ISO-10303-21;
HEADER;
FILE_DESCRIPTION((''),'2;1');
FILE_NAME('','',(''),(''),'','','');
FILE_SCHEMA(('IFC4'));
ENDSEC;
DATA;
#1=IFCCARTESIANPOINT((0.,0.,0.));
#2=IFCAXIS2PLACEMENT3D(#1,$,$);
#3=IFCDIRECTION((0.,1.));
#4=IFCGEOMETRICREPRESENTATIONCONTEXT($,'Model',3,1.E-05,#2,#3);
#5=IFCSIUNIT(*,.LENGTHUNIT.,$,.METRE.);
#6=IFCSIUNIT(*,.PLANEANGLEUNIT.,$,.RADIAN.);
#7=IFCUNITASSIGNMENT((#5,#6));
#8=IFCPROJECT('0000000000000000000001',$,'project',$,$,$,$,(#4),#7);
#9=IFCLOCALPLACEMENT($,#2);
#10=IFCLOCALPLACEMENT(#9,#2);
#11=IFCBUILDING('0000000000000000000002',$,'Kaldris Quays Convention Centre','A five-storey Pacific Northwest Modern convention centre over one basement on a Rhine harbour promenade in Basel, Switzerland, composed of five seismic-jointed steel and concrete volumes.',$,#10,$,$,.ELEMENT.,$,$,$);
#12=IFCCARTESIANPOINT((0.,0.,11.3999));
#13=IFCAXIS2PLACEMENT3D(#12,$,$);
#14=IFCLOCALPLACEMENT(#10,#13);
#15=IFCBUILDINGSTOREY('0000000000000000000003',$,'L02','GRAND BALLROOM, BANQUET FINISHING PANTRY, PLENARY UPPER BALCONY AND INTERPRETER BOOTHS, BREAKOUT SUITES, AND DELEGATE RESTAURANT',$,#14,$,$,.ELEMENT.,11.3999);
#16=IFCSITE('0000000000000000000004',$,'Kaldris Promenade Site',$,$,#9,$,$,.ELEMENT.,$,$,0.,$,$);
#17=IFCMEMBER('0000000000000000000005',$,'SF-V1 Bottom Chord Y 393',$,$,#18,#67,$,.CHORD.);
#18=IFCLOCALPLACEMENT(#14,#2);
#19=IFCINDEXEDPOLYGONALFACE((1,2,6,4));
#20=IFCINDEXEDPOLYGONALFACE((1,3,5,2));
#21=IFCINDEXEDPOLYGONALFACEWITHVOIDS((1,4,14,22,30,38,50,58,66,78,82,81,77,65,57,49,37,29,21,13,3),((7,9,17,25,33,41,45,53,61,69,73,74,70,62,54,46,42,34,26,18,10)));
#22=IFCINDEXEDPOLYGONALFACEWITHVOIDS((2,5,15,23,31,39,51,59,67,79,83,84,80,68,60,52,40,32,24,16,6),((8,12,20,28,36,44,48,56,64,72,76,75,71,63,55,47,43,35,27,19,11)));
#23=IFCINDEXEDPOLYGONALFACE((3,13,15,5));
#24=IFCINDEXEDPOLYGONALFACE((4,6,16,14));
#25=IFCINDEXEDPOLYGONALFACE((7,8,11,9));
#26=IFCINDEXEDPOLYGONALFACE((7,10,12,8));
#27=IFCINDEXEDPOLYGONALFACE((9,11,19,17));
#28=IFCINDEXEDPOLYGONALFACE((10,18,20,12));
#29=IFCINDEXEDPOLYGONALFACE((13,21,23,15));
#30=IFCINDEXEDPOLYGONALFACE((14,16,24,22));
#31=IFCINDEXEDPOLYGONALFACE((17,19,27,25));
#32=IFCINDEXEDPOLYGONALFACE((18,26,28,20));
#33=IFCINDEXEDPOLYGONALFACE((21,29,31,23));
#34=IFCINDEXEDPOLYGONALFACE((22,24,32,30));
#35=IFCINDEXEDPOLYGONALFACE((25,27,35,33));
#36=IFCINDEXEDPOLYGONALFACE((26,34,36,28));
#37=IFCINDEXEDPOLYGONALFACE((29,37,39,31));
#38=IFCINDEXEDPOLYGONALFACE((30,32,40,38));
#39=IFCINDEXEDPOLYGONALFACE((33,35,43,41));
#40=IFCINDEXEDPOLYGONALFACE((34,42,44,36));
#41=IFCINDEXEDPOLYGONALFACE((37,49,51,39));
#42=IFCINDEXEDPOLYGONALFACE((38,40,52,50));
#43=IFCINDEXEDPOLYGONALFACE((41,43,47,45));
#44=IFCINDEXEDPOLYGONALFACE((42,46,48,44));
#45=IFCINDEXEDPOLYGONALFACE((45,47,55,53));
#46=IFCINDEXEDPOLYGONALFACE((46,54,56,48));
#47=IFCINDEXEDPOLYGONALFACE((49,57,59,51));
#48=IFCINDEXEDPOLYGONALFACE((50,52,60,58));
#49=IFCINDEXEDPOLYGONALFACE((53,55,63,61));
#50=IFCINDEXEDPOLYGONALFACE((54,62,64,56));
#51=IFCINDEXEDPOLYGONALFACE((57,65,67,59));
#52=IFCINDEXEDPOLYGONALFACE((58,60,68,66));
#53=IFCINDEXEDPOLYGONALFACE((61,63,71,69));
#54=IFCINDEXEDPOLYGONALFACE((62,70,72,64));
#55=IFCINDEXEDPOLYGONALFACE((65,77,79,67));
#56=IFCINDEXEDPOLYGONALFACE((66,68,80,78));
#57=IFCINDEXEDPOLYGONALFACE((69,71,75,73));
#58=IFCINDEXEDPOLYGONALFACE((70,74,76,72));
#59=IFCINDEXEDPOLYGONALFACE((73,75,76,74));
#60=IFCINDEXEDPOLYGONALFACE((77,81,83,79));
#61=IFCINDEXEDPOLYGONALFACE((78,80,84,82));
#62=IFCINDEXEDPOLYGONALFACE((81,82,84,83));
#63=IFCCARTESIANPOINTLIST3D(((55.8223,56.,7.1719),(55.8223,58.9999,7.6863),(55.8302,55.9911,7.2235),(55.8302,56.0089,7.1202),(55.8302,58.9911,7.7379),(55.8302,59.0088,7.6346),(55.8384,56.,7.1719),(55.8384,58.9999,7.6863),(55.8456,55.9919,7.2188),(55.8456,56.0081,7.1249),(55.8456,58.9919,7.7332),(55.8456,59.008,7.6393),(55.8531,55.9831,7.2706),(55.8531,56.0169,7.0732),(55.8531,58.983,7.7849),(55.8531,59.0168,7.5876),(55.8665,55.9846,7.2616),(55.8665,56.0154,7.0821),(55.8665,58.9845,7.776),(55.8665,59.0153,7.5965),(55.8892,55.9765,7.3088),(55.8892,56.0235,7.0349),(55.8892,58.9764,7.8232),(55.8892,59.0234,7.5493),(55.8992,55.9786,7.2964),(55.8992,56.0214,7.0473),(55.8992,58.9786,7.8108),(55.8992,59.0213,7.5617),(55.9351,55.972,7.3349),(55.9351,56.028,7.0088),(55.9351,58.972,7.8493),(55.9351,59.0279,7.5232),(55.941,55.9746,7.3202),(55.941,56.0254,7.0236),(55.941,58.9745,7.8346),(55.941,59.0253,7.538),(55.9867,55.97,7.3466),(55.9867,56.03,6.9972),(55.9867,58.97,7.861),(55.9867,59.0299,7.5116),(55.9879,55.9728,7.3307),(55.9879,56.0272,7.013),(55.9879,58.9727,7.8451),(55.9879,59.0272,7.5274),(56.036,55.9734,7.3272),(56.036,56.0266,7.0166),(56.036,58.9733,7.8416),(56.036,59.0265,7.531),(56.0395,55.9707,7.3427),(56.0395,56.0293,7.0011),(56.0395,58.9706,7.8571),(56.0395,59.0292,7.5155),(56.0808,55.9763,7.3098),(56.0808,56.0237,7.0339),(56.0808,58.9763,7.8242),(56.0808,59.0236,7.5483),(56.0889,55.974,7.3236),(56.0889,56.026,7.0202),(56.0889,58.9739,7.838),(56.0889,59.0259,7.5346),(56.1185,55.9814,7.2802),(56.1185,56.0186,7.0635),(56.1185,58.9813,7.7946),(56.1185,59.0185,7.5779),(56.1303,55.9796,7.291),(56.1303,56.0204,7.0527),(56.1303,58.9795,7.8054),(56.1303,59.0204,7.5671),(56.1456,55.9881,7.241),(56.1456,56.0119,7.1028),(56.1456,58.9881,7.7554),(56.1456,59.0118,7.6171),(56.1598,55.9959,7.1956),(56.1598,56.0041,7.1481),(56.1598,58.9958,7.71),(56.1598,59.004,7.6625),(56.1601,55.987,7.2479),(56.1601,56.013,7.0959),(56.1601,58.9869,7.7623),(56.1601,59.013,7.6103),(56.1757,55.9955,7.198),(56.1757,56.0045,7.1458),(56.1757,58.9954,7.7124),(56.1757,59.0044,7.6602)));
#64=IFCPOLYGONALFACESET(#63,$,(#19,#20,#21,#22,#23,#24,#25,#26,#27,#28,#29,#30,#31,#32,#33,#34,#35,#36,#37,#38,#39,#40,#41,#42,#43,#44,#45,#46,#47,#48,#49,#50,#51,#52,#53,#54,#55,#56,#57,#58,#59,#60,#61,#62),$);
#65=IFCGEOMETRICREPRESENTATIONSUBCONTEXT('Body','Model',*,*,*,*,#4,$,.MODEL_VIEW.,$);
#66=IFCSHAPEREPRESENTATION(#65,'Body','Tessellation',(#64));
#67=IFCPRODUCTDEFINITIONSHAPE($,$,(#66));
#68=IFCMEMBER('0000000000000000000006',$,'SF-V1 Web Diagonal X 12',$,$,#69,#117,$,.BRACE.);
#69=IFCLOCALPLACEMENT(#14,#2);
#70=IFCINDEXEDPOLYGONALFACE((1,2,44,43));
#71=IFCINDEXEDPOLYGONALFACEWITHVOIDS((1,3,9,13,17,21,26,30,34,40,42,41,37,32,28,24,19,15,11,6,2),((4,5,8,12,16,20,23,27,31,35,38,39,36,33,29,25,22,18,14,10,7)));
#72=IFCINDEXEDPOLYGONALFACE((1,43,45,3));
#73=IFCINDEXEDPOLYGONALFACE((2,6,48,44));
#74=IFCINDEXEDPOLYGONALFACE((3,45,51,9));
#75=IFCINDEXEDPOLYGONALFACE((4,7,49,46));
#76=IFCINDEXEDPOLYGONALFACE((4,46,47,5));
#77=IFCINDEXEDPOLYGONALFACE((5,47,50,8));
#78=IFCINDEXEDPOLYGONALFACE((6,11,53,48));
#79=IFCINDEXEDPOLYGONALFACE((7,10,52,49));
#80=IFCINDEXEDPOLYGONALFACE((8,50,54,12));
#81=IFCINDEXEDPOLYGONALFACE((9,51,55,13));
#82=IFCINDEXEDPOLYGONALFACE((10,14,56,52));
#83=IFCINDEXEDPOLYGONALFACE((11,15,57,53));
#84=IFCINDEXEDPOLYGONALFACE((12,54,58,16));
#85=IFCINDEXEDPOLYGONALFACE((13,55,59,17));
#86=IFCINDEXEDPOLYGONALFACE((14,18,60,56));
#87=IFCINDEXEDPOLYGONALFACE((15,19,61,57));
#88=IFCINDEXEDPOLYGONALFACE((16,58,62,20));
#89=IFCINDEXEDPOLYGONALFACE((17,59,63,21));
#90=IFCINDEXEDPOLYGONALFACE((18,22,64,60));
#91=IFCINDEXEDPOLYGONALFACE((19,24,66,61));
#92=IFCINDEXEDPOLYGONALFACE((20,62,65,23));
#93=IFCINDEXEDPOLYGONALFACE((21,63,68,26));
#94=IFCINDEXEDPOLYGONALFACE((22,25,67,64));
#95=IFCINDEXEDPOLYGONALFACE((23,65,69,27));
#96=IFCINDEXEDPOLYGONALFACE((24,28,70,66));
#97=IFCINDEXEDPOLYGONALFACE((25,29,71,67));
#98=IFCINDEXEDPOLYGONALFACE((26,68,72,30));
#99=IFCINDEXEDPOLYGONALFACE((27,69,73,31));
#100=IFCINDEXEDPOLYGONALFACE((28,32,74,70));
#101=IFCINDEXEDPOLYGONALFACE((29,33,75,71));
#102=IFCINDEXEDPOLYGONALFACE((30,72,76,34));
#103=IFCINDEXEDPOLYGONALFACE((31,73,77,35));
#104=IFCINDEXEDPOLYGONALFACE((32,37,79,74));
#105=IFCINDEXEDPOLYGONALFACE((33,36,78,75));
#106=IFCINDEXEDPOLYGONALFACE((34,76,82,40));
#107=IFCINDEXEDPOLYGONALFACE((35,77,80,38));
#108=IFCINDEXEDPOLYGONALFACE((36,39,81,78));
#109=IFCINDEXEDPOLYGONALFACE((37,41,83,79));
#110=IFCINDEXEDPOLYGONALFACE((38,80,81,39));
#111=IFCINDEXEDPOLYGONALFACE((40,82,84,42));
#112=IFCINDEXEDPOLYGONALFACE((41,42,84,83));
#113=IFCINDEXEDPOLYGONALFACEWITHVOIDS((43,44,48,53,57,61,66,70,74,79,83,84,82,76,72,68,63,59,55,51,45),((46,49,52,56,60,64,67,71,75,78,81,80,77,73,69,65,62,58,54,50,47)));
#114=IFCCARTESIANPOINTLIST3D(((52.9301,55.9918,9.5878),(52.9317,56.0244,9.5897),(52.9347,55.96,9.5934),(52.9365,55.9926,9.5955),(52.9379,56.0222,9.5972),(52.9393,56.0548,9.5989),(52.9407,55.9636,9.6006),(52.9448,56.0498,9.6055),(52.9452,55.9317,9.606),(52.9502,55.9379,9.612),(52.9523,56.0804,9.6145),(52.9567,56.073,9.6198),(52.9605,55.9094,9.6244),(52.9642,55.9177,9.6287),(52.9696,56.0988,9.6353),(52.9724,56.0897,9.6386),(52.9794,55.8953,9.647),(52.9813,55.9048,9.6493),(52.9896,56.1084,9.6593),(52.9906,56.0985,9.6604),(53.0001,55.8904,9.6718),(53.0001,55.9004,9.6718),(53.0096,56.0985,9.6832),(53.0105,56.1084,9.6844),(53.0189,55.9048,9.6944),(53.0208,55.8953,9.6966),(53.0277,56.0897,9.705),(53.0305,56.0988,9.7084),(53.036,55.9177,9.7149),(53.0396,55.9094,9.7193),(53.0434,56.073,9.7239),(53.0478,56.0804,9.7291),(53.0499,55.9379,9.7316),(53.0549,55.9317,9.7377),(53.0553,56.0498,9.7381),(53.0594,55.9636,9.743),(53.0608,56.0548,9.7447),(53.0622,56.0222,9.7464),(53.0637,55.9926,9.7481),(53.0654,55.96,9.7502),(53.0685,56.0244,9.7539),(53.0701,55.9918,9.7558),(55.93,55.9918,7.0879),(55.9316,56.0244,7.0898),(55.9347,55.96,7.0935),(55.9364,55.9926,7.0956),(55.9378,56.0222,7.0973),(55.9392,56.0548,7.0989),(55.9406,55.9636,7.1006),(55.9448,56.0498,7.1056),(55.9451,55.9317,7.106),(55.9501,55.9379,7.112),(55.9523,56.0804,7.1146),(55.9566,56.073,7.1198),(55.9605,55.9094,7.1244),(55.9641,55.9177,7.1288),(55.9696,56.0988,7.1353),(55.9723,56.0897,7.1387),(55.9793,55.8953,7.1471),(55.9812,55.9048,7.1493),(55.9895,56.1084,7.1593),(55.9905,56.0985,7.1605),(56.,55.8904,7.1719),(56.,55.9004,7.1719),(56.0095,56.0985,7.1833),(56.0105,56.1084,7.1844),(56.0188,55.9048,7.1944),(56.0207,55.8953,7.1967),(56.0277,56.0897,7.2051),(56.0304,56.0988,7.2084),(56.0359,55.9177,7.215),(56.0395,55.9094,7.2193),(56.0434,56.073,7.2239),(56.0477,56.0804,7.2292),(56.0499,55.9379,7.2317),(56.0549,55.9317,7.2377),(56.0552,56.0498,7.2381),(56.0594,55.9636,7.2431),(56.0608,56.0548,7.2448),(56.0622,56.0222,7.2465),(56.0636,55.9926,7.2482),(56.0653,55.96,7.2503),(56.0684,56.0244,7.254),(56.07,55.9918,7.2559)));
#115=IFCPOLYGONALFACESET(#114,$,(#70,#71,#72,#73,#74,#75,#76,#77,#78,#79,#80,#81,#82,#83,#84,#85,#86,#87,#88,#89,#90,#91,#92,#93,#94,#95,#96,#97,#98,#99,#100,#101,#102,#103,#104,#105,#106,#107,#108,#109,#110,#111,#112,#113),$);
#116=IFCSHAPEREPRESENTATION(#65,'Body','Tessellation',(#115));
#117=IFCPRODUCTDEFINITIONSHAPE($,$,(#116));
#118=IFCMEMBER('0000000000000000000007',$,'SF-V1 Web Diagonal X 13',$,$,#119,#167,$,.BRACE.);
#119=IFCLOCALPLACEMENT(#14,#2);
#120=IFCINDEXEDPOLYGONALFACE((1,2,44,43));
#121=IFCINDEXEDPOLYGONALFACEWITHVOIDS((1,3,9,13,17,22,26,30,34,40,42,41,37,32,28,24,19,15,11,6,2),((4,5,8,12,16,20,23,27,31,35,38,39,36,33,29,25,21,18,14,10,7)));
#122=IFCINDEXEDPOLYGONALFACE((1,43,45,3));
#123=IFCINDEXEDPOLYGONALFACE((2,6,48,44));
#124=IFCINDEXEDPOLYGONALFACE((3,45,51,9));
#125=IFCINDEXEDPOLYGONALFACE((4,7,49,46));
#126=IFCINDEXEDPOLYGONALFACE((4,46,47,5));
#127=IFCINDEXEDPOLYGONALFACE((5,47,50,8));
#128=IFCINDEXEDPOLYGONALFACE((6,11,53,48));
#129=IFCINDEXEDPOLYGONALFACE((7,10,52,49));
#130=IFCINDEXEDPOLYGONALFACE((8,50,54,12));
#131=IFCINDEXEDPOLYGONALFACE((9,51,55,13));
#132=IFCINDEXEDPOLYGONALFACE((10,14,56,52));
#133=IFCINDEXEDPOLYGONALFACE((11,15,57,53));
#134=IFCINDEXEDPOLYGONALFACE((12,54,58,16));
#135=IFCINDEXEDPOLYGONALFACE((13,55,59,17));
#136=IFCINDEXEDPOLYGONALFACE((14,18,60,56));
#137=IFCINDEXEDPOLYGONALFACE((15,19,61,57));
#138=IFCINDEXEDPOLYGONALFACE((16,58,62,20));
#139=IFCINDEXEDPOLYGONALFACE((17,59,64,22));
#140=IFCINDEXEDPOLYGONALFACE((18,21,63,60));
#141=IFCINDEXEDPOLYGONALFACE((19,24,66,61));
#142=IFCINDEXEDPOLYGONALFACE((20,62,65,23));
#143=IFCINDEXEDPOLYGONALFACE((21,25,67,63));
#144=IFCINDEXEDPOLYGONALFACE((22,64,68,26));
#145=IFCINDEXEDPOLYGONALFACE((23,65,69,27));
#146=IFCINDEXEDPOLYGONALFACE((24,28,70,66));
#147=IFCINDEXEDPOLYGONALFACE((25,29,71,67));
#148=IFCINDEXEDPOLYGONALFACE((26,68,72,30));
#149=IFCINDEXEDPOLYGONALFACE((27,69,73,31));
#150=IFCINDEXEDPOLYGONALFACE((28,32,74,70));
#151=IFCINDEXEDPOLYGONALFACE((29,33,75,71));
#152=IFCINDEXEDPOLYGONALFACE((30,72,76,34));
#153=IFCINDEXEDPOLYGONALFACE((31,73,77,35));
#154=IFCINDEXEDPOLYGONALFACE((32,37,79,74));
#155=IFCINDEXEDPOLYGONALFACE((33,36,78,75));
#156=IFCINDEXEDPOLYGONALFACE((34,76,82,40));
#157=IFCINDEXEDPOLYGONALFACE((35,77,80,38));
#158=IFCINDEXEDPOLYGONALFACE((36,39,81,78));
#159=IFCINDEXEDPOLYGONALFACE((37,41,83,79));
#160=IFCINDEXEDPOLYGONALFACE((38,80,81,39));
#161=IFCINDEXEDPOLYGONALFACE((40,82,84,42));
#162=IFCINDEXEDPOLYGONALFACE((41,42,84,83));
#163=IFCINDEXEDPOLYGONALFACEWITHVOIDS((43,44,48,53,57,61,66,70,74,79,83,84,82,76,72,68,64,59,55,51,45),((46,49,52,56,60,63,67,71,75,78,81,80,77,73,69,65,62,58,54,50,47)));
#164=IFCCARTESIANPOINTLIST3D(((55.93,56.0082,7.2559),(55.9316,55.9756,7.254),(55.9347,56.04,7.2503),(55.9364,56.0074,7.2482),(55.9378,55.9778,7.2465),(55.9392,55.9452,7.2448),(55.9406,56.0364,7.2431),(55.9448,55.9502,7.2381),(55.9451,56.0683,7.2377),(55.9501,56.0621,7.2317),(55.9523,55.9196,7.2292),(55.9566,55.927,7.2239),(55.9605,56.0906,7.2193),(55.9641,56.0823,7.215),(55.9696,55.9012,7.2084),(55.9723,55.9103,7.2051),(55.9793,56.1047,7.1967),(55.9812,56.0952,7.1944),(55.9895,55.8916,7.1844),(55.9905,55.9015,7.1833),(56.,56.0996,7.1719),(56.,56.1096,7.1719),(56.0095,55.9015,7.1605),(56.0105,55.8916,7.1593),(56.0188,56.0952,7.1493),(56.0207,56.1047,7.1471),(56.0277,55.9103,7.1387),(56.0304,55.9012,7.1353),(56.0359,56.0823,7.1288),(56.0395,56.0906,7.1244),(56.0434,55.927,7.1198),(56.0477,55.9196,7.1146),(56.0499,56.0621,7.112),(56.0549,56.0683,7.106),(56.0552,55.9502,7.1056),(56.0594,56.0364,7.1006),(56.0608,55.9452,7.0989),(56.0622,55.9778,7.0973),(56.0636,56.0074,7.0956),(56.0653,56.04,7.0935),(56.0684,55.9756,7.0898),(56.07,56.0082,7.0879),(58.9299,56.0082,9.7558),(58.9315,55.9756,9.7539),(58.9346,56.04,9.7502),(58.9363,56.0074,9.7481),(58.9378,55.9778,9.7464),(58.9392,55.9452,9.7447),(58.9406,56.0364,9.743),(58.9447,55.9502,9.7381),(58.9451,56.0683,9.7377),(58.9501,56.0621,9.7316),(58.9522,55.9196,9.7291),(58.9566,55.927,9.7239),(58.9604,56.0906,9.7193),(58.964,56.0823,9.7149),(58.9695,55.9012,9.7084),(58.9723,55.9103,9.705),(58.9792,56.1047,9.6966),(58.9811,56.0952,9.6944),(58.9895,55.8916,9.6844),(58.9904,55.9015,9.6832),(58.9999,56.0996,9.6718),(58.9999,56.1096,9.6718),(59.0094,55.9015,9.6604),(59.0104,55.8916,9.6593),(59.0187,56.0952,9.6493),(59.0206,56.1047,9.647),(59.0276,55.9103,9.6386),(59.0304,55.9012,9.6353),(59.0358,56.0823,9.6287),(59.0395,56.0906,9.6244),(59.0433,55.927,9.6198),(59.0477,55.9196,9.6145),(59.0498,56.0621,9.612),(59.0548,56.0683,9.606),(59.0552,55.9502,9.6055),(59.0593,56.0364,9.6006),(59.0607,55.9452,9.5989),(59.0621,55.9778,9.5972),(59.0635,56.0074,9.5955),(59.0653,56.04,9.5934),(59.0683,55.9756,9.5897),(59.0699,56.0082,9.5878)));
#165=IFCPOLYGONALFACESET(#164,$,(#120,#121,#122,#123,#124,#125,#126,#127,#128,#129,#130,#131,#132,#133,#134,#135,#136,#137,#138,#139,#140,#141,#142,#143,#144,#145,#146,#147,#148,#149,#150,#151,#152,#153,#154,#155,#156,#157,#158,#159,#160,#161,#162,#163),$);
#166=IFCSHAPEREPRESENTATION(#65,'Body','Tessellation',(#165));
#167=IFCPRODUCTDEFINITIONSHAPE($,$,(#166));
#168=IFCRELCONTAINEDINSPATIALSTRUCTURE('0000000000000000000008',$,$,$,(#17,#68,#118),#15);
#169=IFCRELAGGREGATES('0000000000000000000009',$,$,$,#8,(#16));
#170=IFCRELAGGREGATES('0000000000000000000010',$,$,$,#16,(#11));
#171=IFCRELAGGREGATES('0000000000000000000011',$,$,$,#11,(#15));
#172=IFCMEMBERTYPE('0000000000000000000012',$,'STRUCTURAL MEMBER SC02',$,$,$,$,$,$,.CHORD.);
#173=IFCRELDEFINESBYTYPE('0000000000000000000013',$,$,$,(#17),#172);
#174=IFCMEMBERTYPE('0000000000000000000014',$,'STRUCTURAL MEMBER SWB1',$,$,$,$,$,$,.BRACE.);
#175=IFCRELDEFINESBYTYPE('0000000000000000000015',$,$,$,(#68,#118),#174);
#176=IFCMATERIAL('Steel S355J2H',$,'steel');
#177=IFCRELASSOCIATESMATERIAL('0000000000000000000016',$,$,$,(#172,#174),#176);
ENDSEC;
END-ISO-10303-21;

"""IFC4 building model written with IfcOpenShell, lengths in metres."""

from ifc_helpers import new_model, si_unit, direction, frame, origin, origin_2d, place, context, subcontext, project, spatial, hollow_circle, extrude, material, material_profile, profile_set, type_object, element, save


model = new_model("IFC4")

# Units and contexts
model_context = context("Model", 3, precision=1e-05, world=origin(), true_north=direction((0.0, 1.0)))
body_context = subcontext(model_context, "Body", "Model", "MODEL_VIEW")
ifc_project = project(units=[si_unit("LENGTHUNIT", "METRE"), si_unit("PLANEANGLEUNIT", "RADIAN")], contexts=[model_context])

# Site, building, storey
site_placement = place(None, origin())
site = spatial("IfcSite", under=ifc_project, at=site_placement, Name="Kaldris Promenade Site", CompositionType="ELEMENT", RefElevation=0.0)
building_placement = place(site_placement, origin())
building = spatial("IfcBuilding", under=site, at=building_placement, Name="Kaldris Quays Convention Centre", Description="A five-storey Pacific Northwest Modern convention centre over one basement on a Rhine harbour promenade in Basel, Switzerland, composed of five seismic-jointed steel and concrete volumes.", CompositionType="ELEMENT")
storey_placement = place(building_placement, frame((0.0, 0.0, 11.3999)))
storey = spatial("IfcBuildingStorey", under=building, at=storey_placement, Name="L02", Description="GRAND BALLROOM, BANQUET FINISHING PANTRY, PLENARY UPPER BALCONY AND INTERPRETER BOOTHS, BREAKOUT SUITES, AND DELEGATE RESTAURANT", CompositionType="ELEMENT", Elevation=11.3999)

# Members
ifc_material_1 = material(Name="Steel S355J2H", Category="steel")
ifc_material_profile_1 = material_profile(ifc_material_1, hollow_circle(Radius=0.1777, WallThickness=0.0161, at=origin_2d()), Name="CHS 355.6x16")
ifc_profile_set_1 = profile_set([ifc_material_profile_1], Name="Steel S355J2H")
member_type_1 = type_object("IfcMemberType", Name="STRUCTURAL MEMBER SC02", PredefinedType="CHORD", material=ifc_profile_set_1)
member_1_placement = place(storey_placement, frame((56.0, 56.0, 7.1719), z_axis=(0.0, 0.985616, 0.169002), x_axis=(-1.0, 0.0, 0.0)))
element("IfcMember", 1, at=member_1_placement, inside=storey, type_object=member_type_1, Name="SF-V1 Bottom Chord Y 393", PredefinedType="CHORD", context=body_context, shape_type="SweptSolid", body=[
    extrude(hollow_circle(Radius=0.1777, WallThickness=0.0161, at=origin_2d()), origin(), (0.0, 0.0, 1.0), 3.0437),
])
ifc_material_profile_2 = material_profile(ifc_material_1, hollow_circle(Radius=0.1096, WallThickness=0.01, at=origin_2d()), Name="CHS 219.1x10")
ifc_profile_set_2 = profile_set([ifc_material_profile_2], Name="Steel S355J2H")
member_type_2 = type_object("IfcMemberType", Name="STRUCTURAL MEMBER SWB1", PredefinedType="BRACE", material=ifc_profile_set_2)
for number, where, z_axis, x_axis, name in (
    (2, (56.0, 56.0, 7.1719), (-0.768221, 0.0, 0.640184), (0.0, -1.0, 0.0), "SF-V1 Web Diagonal X 12"),
    (3, (56.0, 56.0, 7.1719), (0.768221, 0.0, 0.640184), (0.0, 1.0, 0.0), "SF-V1 Web Diagonal X 13"),
):
    element("IfcMember", number, at=place(storey_placement, frame(where, z_axis=z_axis, x_axis=x_axis)), inside=storey, type_object=member_type_2, Name=name, PredefinedType="BRACE", context=body_context, shape_type="SweptSolid", body=[
        extrude(hollow_circle(Radius=0.1096, WallThickness=0.01, at=origin_2d()), origin(), (0.0, 0.0, 1.0), 3.905),
    ])

save(model, "model.ifc")
